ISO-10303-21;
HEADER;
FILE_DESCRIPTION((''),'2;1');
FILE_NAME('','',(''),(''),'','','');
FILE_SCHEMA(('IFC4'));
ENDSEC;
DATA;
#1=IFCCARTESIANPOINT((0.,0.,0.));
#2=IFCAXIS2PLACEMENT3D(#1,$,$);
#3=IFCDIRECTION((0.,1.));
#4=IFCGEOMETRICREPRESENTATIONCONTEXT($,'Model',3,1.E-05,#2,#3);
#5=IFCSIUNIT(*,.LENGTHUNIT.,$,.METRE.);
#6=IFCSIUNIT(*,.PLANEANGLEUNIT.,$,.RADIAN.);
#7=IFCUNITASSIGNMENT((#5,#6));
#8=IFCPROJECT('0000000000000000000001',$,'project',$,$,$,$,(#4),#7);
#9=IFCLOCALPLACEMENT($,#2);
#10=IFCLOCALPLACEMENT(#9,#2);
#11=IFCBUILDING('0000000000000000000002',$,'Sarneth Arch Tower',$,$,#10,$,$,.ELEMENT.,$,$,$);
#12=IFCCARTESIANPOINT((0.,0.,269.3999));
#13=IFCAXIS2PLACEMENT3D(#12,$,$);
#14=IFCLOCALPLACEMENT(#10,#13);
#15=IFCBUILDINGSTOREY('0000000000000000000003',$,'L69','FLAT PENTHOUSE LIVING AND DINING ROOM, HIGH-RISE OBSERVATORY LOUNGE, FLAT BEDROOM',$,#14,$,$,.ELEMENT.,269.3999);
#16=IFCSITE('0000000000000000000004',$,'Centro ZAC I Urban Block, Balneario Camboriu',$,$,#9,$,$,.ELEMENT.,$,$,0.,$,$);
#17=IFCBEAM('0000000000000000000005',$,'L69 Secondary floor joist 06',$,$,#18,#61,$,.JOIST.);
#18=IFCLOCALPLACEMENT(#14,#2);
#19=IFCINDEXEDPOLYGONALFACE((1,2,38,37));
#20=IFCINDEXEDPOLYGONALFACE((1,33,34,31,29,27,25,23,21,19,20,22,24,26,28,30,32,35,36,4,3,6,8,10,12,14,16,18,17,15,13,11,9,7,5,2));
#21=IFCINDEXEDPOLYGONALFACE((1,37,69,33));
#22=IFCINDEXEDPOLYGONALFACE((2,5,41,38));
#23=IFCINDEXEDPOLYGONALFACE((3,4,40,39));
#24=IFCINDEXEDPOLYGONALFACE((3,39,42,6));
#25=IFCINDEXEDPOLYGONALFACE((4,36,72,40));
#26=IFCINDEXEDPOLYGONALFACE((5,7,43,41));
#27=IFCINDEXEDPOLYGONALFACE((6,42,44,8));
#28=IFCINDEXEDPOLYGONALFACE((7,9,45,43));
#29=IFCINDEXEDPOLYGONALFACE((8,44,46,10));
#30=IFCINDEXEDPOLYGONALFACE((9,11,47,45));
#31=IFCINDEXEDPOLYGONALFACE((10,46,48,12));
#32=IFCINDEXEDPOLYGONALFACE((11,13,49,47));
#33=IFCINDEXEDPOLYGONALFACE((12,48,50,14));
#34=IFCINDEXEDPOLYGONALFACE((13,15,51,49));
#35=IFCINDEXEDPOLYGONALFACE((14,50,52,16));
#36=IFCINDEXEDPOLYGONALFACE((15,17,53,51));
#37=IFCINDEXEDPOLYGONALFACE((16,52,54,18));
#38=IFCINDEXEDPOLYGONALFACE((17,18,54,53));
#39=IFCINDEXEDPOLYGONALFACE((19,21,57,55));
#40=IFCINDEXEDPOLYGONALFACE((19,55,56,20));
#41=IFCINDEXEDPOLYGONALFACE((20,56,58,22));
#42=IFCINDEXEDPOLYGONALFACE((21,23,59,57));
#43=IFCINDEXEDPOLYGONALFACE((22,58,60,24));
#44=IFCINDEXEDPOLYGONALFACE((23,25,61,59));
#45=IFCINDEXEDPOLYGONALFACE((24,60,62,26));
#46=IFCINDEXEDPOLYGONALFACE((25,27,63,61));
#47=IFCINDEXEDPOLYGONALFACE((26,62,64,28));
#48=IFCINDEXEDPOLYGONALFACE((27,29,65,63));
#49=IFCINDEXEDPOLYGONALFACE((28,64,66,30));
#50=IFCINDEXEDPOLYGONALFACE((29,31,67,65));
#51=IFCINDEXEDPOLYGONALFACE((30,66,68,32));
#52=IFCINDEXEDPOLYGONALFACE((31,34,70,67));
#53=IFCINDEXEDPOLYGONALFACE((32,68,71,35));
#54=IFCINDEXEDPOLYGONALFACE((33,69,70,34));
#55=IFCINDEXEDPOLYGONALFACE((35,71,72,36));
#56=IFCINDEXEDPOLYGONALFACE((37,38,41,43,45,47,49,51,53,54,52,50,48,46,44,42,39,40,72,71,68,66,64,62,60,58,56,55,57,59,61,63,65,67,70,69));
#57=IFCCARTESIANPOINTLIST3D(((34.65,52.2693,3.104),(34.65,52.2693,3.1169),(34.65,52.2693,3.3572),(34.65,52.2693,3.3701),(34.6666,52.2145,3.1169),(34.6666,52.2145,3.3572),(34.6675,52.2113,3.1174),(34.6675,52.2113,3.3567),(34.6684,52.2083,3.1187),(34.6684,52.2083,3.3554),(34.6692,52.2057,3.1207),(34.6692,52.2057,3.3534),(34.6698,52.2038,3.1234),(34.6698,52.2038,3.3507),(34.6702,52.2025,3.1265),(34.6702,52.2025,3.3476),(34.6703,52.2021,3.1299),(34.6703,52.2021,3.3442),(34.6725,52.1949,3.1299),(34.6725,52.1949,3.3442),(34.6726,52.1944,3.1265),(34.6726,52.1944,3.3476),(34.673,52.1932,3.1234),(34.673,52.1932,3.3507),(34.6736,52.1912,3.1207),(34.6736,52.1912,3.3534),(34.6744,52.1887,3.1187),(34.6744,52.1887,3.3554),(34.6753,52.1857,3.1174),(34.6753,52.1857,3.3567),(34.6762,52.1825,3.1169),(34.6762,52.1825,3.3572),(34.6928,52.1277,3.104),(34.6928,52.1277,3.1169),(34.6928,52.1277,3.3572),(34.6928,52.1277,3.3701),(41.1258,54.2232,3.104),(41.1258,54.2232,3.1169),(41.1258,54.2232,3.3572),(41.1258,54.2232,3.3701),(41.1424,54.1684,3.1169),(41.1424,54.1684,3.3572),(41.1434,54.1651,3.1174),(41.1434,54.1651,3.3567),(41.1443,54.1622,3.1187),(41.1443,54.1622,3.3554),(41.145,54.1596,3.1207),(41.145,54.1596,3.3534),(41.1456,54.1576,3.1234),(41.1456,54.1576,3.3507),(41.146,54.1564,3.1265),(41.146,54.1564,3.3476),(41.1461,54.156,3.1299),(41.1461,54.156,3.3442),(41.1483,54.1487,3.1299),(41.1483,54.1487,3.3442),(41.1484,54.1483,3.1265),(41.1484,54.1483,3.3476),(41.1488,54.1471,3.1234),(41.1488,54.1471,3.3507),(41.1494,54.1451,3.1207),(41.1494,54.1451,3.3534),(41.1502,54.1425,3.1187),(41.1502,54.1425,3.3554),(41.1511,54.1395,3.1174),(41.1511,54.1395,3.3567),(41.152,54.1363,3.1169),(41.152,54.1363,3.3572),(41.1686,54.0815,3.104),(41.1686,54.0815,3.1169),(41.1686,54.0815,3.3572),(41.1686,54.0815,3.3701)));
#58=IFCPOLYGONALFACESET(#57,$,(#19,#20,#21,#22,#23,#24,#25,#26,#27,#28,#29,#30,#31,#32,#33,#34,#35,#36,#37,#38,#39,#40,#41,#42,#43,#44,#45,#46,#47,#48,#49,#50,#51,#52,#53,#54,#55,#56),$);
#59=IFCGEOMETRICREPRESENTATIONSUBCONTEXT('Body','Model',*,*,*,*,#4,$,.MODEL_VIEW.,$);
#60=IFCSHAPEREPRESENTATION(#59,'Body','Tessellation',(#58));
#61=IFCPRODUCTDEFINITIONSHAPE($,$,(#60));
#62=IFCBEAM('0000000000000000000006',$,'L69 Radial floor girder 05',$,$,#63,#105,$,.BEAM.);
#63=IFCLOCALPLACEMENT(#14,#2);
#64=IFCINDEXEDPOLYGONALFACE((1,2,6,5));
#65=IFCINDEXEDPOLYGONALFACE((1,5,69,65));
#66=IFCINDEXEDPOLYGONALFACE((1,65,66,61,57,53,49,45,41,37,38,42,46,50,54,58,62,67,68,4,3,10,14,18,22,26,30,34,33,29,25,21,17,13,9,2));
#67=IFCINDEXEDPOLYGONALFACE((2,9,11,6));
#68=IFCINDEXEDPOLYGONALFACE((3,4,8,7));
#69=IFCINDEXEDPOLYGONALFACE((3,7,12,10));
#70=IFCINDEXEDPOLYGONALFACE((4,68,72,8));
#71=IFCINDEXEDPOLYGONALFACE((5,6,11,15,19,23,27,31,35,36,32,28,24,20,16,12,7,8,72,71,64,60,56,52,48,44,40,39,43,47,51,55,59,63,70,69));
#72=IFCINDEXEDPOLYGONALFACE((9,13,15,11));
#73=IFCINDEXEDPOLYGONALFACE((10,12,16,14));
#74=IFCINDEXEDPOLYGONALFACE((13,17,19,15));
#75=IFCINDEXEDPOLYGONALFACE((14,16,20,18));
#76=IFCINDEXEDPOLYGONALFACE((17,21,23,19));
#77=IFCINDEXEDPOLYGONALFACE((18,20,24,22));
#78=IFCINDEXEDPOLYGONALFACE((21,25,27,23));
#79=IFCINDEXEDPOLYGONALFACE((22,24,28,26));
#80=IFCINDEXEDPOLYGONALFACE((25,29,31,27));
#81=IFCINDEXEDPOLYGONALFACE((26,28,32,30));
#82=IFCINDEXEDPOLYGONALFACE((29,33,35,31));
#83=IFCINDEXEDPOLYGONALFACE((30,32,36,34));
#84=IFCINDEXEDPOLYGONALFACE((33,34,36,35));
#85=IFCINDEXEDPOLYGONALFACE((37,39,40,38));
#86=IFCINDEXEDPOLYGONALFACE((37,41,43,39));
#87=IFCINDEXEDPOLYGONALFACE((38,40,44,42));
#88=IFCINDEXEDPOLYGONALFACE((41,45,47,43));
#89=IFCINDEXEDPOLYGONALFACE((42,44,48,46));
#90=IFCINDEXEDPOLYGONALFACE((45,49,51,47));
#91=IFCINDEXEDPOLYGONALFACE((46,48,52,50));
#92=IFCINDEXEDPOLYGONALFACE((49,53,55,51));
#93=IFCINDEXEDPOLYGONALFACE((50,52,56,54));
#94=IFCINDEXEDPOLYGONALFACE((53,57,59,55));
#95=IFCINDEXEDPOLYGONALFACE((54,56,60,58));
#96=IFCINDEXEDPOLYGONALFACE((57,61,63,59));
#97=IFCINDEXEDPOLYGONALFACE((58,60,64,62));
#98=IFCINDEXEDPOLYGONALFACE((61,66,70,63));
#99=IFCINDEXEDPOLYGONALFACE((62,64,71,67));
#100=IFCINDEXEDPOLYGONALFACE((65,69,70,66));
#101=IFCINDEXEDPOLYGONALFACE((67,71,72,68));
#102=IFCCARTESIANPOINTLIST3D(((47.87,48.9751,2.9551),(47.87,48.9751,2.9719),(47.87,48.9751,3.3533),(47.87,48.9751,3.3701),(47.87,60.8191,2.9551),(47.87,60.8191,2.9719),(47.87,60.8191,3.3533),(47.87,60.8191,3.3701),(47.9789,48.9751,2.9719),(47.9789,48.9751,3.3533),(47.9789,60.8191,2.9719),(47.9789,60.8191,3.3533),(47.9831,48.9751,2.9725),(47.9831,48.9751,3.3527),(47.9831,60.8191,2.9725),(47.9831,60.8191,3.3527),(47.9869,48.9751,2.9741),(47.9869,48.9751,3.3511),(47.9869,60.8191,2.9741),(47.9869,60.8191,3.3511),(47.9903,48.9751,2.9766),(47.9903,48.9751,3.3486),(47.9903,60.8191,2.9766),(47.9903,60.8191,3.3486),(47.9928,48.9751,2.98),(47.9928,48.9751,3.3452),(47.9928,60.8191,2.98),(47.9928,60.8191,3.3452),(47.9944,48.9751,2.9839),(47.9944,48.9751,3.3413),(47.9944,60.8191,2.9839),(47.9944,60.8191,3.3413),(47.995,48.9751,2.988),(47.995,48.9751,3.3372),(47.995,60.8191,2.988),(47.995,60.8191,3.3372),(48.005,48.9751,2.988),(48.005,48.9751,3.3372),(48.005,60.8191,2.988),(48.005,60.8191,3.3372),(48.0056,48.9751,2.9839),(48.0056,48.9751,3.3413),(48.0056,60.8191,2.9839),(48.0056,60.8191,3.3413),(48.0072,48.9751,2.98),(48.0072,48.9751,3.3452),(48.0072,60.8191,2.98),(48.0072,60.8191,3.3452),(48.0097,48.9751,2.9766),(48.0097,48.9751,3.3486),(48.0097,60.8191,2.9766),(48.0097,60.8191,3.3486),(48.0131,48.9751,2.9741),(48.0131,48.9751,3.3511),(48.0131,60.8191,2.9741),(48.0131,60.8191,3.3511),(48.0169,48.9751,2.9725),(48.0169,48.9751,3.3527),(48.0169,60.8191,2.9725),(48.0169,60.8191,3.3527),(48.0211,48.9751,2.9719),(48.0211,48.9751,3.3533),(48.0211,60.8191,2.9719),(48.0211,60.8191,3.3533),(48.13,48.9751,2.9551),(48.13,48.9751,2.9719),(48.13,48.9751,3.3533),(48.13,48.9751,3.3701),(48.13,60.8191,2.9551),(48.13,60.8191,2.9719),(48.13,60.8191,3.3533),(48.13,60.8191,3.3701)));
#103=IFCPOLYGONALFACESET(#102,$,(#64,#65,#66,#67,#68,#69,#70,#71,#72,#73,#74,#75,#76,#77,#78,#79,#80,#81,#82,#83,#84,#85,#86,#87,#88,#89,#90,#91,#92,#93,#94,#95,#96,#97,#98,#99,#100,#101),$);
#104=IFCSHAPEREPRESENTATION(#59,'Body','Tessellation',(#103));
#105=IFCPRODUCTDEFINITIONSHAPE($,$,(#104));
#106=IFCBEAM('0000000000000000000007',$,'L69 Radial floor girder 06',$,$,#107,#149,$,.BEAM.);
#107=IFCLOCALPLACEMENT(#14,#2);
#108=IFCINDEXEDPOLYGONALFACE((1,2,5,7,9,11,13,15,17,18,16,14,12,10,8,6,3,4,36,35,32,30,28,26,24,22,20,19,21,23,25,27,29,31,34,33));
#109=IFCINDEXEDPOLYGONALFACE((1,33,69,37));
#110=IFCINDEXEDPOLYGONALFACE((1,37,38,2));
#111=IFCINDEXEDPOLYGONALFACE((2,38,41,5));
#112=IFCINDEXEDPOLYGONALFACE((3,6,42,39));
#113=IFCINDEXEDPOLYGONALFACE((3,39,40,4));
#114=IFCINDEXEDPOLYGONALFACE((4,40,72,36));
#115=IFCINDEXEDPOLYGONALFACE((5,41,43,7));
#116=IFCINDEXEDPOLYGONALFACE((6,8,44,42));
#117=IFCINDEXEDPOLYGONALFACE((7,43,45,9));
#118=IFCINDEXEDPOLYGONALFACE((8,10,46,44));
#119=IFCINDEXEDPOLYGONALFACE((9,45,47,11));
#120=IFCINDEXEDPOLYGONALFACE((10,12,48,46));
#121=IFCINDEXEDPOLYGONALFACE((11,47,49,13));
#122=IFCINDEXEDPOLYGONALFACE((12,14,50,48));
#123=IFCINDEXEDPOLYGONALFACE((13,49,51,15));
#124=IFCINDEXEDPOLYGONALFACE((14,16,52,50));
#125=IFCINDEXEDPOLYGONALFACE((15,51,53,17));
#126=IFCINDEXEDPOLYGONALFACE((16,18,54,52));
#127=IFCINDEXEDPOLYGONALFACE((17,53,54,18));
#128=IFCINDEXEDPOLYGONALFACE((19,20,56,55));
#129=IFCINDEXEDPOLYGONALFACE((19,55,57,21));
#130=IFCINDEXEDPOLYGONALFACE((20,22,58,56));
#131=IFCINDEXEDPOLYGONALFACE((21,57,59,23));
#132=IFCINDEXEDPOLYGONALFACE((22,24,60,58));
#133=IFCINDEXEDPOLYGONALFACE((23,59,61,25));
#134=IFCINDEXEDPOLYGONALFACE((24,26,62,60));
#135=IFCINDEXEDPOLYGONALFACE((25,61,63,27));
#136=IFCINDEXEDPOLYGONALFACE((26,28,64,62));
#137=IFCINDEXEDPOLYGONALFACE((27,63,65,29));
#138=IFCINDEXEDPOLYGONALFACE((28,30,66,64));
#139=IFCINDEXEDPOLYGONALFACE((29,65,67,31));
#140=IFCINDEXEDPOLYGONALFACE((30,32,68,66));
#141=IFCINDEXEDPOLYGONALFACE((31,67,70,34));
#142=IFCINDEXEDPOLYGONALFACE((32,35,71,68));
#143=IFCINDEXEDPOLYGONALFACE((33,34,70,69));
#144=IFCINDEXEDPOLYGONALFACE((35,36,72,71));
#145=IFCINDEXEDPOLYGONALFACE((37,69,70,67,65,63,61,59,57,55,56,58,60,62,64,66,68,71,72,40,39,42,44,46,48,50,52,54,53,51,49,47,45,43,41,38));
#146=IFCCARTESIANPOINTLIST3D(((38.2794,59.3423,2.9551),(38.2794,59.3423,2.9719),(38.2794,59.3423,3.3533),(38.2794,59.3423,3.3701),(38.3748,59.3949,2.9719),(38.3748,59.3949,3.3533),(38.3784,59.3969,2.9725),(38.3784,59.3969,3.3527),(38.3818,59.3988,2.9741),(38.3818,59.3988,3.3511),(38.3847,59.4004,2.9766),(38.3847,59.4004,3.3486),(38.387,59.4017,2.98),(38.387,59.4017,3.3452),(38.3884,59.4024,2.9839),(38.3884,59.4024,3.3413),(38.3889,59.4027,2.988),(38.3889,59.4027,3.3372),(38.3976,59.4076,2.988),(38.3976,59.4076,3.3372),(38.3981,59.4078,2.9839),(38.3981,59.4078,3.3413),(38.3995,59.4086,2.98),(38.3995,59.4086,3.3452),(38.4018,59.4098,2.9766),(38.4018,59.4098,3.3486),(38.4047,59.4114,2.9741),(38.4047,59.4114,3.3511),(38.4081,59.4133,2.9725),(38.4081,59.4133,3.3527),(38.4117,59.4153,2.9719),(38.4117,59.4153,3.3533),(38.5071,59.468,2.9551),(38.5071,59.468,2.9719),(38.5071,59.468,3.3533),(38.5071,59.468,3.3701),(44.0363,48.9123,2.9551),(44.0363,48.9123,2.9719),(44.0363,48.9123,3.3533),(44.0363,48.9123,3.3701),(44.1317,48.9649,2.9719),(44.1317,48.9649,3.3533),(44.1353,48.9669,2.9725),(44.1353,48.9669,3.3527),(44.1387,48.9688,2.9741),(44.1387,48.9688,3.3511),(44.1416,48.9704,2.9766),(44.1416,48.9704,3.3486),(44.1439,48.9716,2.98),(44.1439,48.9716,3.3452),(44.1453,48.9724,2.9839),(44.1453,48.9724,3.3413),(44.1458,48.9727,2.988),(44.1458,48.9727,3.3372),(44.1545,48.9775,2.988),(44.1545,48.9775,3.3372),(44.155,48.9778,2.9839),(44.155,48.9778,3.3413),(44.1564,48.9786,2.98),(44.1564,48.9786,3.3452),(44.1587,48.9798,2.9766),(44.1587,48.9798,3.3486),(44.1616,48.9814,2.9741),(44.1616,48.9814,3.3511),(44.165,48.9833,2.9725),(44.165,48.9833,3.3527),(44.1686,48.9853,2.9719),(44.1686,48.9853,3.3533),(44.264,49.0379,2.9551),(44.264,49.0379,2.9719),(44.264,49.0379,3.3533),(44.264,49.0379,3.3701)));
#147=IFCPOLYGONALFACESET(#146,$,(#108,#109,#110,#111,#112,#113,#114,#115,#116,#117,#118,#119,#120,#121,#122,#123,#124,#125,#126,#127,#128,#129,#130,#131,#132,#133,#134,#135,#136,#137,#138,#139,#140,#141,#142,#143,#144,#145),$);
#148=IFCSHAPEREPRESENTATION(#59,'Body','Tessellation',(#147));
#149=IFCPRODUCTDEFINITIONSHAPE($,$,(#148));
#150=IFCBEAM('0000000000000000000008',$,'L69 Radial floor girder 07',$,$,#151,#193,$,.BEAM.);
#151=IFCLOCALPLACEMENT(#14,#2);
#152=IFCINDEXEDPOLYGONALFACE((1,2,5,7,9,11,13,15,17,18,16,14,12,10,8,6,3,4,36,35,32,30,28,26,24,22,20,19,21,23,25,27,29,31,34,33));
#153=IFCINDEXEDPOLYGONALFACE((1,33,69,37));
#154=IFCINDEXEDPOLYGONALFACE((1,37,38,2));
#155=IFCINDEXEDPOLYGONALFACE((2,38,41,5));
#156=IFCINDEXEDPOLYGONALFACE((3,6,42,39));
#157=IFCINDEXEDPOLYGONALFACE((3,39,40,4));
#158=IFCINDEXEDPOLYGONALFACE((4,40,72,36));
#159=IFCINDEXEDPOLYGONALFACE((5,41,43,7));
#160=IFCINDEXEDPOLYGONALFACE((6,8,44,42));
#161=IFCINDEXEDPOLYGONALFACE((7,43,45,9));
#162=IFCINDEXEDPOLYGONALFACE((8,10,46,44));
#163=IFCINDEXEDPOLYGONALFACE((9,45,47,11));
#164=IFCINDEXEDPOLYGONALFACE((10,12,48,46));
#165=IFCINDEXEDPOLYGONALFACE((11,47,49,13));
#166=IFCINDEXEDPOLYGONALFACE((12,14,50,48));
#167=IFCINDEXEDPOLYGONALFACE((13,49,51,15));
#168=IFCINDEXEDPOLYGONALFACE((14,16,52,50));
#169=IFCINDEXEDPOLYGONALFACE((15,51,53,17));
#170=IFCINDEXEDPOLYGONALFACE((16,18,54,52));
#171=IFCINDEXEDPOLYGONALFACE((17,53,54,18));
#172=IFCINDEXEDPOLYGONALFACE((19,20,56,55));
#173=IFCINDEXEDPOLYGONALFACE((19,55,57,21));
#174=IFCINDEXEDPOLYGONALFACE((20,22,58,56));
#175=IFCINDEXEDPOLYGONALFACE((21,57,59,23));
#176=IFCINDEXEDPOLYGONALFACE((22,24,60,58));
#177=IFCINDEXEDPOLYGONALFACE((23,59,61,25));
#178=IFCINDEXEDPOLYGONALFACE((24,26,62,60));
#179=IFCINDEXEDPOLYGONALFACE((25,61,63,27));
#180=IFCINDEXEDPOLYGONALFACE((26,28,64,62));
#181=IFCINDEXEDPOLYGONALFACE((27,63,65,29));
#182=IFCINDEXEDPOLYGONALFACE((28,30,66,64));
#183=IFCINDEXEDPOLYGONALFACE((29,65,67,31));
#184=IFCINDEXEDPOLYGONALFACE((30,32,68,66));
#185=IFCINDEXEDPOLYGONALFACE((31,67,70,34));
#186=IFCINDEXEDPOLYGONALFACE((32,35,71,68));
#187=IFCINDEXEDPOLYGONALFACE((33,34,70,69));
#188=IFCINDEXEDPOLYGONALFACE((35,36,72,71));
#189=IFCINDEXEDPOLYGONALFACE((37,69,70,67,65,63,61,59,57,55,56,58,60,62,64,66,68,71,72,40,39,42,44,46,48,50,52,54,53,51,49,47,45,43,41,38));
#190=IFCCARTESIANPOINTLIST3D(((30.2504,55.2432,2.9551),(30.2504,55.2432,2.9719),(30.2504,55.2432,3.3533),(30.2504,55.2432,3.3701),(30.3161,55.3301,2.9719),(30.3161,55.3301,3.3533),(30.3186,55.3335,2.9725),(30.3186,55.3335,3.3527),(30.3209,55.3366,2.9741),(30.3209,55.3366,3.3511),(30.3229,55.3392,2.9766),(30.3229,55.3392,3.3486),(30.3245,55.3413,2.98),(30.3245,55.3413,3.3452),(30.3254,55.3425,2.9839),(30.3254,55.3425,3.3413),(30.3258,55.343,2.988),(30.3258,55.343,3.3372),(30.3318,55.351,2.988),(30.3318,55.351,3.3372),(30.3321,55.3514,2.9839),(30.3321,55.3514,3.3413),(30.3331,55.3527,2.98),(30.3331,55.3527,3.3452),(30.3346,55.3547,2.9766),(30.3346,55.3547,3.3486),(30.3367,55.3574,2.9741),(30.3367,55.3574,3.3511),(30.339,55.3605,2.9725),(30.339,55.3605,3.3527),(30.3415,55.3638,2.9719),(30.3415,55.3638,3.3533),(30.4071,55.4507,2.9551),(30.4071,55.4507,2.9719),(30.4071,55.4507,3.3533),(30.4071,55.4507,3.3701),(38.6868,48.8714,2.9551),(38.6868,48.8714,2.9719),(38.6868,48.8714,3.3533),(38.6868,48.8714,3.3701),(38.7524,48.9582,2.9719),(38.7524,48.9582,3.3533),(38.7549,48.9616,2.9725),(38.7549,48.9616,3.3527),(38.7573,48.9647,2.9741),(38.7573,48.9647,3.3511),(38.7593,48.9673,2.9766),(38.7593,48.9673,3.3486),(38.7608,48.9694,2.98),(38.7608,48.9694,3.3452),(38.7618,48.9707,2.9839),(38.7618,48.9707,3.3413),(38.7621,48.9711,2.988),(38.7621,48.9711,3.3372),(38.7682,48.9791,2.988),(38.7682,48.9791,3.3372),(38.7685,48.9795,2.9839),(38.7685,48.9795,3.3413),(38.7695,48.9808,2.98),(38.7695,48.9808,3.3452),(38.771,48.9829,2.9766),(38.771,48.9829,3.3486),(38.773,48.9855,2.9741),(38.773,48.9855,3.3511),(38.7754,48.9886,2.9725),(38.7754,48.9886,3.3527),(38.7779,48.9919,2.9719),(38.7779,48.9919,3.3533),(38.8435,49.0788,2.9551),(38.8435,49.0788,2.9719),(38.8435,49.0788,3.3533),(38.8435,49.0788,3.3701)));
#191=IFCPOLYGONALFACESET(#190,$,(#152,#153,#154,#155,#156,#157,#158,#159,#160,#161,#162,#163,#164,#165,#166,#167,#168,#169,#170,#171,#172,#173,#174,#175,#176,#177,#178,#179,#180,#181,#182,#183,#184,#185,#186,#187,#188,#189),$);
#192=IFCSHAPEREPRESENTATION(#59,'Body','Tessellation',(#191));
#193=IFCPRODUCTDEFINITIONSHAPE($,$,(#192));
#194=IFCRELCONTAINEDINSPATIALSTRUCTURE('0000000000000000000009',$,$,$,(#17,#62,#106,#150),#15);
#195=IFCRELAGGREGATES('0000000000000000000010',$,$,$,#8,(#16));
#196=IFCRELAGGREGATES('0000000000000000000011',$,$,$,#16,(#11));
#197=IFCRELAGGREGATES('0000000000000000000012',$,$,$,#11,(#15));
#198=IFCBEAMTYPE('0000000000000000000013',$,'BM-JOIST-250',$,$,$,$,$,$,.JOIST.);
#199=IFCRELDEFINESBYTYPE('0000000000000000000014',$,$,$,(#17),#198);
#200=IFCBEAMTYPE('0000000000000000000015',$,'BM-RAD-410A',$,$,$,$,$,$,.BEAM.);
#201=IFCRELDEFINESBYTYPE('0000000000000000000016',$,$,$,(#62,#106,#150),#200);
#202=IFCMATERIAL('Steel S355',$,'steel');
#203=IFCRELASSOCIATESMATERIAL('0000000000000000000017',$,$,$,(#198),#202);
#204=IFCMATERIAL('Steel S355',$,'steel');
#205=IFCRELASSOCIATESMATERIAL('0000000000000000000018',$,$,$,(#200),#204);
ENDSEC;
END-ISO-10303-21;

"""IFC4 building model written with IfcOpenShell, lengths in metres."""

from ifc_helpers import new_model, si_unit, direction, frame, origin, origin_2d, place, context, subcontext, project, spatial, i_section, extrude, material, material_profile, profile_set, type_object, element, save


model = new_model("IFC4")

# Units and contexts
model_context = context("Model", 3, precision=1e-05, world=origin(), true_north=direction((0.0, 1.0)))
body_context = subcontext(model_context, "Body", "Model", "MODEL_VIEW")
ifc_project = project(units=[si_unit("LENGTHUNIT", "METRE"), si_unit("PLANEANGLEUNIT", "RADIAN")], contexts=[model_context])

# Site, building, storey
site_placement = place(None, origin())
site = spatial("IfcSite", under=ifc_project, at=site_placement, Name="Centro ZAC I Urban Block, Balneario Camboriu", CompositionType="ELEMENT", RefElevation=0.0)
building_placement = place(site_placement, origin())
building = spatial("IfcBuilding", under=site, at=building_placement, Name="Sarneth Arch Tower", CompositionType="ELEMENT")
storey_placement = place(building_placement, frame((0.0, 0.0, 269.3999)))
storey = spatial("IfcBuildingStorey", under=building, at=storey_placement, Name="L69", Description="FLAT PENTHOUSE LIVING AND DINING ROOM, HIGH-RISE OBSERVATORY LOUNGE, FLAT BEDROOM", CompositionType="ELEMENT", Elevation=269.3999)

# Beams
ifc_material_1 = material(Name="Steel S355", Category="steel")
ifc_material_profile_1 = material_profile(ifc_material_1, i_section(OverallWidth=0.1479, OverallDepth=0.2661, WebThickness=0.0076, FlangeThickness=0.0129, FilletRadius=0.0129, at=origin_2d()), Name="W250x44.8")
ifc_profile_set_1 = profile_set([ifc_material_profile_1], Name="Steel S355")
beam_type_1 = type_object("IfcBeamType", Name="BM-JOIST-250", PredefinedType="JOIST", material=ifc_profile_set_1)
beam_1_placement = place(storey_placement, frame((41.1472, 54.1523, 3.2371), z_axis=(-0.957373, -0.288854, 0.0), x_axis=(0.288854, -0.957373, 0.0)))
element("IfcBeam", 1, at=beam_1_placement, inside=storey, type_object=beam_type_1, Name="L69 Secondary floor joist 06", PredefinedType="JOIST", context=body_context, shape_type="SweptSolid", body=[
    extrude(i_section(OverallWidth=0.1479, OverallDepth=0.2661, WebThickness=0.0076, FlangeThickness=0.0129, FilletRadius=0.0129, at=origin_2d()), origin(), (0.0, 0.0, 1.0), 6.7642),
])
ifc_material_2 = material(Name="Steel S355", Category="steel")
ifc_material_profile_2 = material_profile(ifc_material_2, i_section(OverallWidth=0.26, OverallDepth=0.415, WebThickness=0.01, FlangeThickness=0.0168, FilletRadius=0.0161, at=origin_2d()), Name="W410x100")
ifc_profile_set_2 = profile_set([ifc_material_profile_2], Name="Steel S355")
beam_type_2 = type_object("IfcBeamType", Name="BM-RAD-410A", PredefinedType="BEAM", material=ifc_profile_set_2)
beam_2_placement = place(storey_placement, frame((48.0, 48.9751, 3.1626), z_axis=(0.0, 1.0, 0.0), x_axis=(-1.0, 0.0, 0.0)))
element("IfcBeam", 2, at=beam_2_placement, inside=storey, type_object=beam_type_2, Name="L69 Radial floor girder 05", PredefinedType="BEAM", context=body_context, shape_type="SweptSolid", body=[
    extrude(i_section(OverallWidth=0.26, OverallDepth=0.415, WebThickness=0.01, FlangeThickness=0.0168, FilletRadius=0.0161, at=origin_2d()), origin(), (0.0, 0.0, 1.0), 11.844),
])
beam_3_placement = place(storey_placement, frame((44.1501, 48.9751, 3.1626), z_axis=(-0.483231, 0.875493, 0.0), x_axis=(-0.875493, -0.483231, 0.0)))
element("IfcBeam", 3, at=beam_3_placement, inside=storey, type_object=beam_type_2, Name="L69 Radial floor girder 06", PredefinedType="BEAM", context=body_context, shape_type="SweptSolid", body=[
    extrude(i_section(OverallWidth=0.26, OverallDepth=0.415, WebThickness=0.01, FlangeThickness=0.0168, FilletRadius=0.0161, at=origin_2d()), origin(), (0.0, 0.0, 1.0), 11.9133),
])
beam_4_placement = place(storey_placement, frame((38.7651, 48.9751, 3.1626), z_axis=(-0.79797, 0.602698, 0.0), x_axis=(-0.602698, -0.79797, 0.0)))
element("IfcBeam", 4, at=beam_4_placement, inside=storey, type_object=beam_type_2, Name="L69 Radial floor girder 07", PredefinedType="BEAM", context=body_context, shape_type="SweptSolid", body=[
    extrude(i_section(OverallWidth=0.26, OverallDepth=0.415, WebThickness=0.01, FlangeThickness=0.0168, FilletRadius=0.0161, at=origin_2d()), origin(), (0.0, 0.0, 1.0), 10.5723),
])

save(model, "model.ifc")
